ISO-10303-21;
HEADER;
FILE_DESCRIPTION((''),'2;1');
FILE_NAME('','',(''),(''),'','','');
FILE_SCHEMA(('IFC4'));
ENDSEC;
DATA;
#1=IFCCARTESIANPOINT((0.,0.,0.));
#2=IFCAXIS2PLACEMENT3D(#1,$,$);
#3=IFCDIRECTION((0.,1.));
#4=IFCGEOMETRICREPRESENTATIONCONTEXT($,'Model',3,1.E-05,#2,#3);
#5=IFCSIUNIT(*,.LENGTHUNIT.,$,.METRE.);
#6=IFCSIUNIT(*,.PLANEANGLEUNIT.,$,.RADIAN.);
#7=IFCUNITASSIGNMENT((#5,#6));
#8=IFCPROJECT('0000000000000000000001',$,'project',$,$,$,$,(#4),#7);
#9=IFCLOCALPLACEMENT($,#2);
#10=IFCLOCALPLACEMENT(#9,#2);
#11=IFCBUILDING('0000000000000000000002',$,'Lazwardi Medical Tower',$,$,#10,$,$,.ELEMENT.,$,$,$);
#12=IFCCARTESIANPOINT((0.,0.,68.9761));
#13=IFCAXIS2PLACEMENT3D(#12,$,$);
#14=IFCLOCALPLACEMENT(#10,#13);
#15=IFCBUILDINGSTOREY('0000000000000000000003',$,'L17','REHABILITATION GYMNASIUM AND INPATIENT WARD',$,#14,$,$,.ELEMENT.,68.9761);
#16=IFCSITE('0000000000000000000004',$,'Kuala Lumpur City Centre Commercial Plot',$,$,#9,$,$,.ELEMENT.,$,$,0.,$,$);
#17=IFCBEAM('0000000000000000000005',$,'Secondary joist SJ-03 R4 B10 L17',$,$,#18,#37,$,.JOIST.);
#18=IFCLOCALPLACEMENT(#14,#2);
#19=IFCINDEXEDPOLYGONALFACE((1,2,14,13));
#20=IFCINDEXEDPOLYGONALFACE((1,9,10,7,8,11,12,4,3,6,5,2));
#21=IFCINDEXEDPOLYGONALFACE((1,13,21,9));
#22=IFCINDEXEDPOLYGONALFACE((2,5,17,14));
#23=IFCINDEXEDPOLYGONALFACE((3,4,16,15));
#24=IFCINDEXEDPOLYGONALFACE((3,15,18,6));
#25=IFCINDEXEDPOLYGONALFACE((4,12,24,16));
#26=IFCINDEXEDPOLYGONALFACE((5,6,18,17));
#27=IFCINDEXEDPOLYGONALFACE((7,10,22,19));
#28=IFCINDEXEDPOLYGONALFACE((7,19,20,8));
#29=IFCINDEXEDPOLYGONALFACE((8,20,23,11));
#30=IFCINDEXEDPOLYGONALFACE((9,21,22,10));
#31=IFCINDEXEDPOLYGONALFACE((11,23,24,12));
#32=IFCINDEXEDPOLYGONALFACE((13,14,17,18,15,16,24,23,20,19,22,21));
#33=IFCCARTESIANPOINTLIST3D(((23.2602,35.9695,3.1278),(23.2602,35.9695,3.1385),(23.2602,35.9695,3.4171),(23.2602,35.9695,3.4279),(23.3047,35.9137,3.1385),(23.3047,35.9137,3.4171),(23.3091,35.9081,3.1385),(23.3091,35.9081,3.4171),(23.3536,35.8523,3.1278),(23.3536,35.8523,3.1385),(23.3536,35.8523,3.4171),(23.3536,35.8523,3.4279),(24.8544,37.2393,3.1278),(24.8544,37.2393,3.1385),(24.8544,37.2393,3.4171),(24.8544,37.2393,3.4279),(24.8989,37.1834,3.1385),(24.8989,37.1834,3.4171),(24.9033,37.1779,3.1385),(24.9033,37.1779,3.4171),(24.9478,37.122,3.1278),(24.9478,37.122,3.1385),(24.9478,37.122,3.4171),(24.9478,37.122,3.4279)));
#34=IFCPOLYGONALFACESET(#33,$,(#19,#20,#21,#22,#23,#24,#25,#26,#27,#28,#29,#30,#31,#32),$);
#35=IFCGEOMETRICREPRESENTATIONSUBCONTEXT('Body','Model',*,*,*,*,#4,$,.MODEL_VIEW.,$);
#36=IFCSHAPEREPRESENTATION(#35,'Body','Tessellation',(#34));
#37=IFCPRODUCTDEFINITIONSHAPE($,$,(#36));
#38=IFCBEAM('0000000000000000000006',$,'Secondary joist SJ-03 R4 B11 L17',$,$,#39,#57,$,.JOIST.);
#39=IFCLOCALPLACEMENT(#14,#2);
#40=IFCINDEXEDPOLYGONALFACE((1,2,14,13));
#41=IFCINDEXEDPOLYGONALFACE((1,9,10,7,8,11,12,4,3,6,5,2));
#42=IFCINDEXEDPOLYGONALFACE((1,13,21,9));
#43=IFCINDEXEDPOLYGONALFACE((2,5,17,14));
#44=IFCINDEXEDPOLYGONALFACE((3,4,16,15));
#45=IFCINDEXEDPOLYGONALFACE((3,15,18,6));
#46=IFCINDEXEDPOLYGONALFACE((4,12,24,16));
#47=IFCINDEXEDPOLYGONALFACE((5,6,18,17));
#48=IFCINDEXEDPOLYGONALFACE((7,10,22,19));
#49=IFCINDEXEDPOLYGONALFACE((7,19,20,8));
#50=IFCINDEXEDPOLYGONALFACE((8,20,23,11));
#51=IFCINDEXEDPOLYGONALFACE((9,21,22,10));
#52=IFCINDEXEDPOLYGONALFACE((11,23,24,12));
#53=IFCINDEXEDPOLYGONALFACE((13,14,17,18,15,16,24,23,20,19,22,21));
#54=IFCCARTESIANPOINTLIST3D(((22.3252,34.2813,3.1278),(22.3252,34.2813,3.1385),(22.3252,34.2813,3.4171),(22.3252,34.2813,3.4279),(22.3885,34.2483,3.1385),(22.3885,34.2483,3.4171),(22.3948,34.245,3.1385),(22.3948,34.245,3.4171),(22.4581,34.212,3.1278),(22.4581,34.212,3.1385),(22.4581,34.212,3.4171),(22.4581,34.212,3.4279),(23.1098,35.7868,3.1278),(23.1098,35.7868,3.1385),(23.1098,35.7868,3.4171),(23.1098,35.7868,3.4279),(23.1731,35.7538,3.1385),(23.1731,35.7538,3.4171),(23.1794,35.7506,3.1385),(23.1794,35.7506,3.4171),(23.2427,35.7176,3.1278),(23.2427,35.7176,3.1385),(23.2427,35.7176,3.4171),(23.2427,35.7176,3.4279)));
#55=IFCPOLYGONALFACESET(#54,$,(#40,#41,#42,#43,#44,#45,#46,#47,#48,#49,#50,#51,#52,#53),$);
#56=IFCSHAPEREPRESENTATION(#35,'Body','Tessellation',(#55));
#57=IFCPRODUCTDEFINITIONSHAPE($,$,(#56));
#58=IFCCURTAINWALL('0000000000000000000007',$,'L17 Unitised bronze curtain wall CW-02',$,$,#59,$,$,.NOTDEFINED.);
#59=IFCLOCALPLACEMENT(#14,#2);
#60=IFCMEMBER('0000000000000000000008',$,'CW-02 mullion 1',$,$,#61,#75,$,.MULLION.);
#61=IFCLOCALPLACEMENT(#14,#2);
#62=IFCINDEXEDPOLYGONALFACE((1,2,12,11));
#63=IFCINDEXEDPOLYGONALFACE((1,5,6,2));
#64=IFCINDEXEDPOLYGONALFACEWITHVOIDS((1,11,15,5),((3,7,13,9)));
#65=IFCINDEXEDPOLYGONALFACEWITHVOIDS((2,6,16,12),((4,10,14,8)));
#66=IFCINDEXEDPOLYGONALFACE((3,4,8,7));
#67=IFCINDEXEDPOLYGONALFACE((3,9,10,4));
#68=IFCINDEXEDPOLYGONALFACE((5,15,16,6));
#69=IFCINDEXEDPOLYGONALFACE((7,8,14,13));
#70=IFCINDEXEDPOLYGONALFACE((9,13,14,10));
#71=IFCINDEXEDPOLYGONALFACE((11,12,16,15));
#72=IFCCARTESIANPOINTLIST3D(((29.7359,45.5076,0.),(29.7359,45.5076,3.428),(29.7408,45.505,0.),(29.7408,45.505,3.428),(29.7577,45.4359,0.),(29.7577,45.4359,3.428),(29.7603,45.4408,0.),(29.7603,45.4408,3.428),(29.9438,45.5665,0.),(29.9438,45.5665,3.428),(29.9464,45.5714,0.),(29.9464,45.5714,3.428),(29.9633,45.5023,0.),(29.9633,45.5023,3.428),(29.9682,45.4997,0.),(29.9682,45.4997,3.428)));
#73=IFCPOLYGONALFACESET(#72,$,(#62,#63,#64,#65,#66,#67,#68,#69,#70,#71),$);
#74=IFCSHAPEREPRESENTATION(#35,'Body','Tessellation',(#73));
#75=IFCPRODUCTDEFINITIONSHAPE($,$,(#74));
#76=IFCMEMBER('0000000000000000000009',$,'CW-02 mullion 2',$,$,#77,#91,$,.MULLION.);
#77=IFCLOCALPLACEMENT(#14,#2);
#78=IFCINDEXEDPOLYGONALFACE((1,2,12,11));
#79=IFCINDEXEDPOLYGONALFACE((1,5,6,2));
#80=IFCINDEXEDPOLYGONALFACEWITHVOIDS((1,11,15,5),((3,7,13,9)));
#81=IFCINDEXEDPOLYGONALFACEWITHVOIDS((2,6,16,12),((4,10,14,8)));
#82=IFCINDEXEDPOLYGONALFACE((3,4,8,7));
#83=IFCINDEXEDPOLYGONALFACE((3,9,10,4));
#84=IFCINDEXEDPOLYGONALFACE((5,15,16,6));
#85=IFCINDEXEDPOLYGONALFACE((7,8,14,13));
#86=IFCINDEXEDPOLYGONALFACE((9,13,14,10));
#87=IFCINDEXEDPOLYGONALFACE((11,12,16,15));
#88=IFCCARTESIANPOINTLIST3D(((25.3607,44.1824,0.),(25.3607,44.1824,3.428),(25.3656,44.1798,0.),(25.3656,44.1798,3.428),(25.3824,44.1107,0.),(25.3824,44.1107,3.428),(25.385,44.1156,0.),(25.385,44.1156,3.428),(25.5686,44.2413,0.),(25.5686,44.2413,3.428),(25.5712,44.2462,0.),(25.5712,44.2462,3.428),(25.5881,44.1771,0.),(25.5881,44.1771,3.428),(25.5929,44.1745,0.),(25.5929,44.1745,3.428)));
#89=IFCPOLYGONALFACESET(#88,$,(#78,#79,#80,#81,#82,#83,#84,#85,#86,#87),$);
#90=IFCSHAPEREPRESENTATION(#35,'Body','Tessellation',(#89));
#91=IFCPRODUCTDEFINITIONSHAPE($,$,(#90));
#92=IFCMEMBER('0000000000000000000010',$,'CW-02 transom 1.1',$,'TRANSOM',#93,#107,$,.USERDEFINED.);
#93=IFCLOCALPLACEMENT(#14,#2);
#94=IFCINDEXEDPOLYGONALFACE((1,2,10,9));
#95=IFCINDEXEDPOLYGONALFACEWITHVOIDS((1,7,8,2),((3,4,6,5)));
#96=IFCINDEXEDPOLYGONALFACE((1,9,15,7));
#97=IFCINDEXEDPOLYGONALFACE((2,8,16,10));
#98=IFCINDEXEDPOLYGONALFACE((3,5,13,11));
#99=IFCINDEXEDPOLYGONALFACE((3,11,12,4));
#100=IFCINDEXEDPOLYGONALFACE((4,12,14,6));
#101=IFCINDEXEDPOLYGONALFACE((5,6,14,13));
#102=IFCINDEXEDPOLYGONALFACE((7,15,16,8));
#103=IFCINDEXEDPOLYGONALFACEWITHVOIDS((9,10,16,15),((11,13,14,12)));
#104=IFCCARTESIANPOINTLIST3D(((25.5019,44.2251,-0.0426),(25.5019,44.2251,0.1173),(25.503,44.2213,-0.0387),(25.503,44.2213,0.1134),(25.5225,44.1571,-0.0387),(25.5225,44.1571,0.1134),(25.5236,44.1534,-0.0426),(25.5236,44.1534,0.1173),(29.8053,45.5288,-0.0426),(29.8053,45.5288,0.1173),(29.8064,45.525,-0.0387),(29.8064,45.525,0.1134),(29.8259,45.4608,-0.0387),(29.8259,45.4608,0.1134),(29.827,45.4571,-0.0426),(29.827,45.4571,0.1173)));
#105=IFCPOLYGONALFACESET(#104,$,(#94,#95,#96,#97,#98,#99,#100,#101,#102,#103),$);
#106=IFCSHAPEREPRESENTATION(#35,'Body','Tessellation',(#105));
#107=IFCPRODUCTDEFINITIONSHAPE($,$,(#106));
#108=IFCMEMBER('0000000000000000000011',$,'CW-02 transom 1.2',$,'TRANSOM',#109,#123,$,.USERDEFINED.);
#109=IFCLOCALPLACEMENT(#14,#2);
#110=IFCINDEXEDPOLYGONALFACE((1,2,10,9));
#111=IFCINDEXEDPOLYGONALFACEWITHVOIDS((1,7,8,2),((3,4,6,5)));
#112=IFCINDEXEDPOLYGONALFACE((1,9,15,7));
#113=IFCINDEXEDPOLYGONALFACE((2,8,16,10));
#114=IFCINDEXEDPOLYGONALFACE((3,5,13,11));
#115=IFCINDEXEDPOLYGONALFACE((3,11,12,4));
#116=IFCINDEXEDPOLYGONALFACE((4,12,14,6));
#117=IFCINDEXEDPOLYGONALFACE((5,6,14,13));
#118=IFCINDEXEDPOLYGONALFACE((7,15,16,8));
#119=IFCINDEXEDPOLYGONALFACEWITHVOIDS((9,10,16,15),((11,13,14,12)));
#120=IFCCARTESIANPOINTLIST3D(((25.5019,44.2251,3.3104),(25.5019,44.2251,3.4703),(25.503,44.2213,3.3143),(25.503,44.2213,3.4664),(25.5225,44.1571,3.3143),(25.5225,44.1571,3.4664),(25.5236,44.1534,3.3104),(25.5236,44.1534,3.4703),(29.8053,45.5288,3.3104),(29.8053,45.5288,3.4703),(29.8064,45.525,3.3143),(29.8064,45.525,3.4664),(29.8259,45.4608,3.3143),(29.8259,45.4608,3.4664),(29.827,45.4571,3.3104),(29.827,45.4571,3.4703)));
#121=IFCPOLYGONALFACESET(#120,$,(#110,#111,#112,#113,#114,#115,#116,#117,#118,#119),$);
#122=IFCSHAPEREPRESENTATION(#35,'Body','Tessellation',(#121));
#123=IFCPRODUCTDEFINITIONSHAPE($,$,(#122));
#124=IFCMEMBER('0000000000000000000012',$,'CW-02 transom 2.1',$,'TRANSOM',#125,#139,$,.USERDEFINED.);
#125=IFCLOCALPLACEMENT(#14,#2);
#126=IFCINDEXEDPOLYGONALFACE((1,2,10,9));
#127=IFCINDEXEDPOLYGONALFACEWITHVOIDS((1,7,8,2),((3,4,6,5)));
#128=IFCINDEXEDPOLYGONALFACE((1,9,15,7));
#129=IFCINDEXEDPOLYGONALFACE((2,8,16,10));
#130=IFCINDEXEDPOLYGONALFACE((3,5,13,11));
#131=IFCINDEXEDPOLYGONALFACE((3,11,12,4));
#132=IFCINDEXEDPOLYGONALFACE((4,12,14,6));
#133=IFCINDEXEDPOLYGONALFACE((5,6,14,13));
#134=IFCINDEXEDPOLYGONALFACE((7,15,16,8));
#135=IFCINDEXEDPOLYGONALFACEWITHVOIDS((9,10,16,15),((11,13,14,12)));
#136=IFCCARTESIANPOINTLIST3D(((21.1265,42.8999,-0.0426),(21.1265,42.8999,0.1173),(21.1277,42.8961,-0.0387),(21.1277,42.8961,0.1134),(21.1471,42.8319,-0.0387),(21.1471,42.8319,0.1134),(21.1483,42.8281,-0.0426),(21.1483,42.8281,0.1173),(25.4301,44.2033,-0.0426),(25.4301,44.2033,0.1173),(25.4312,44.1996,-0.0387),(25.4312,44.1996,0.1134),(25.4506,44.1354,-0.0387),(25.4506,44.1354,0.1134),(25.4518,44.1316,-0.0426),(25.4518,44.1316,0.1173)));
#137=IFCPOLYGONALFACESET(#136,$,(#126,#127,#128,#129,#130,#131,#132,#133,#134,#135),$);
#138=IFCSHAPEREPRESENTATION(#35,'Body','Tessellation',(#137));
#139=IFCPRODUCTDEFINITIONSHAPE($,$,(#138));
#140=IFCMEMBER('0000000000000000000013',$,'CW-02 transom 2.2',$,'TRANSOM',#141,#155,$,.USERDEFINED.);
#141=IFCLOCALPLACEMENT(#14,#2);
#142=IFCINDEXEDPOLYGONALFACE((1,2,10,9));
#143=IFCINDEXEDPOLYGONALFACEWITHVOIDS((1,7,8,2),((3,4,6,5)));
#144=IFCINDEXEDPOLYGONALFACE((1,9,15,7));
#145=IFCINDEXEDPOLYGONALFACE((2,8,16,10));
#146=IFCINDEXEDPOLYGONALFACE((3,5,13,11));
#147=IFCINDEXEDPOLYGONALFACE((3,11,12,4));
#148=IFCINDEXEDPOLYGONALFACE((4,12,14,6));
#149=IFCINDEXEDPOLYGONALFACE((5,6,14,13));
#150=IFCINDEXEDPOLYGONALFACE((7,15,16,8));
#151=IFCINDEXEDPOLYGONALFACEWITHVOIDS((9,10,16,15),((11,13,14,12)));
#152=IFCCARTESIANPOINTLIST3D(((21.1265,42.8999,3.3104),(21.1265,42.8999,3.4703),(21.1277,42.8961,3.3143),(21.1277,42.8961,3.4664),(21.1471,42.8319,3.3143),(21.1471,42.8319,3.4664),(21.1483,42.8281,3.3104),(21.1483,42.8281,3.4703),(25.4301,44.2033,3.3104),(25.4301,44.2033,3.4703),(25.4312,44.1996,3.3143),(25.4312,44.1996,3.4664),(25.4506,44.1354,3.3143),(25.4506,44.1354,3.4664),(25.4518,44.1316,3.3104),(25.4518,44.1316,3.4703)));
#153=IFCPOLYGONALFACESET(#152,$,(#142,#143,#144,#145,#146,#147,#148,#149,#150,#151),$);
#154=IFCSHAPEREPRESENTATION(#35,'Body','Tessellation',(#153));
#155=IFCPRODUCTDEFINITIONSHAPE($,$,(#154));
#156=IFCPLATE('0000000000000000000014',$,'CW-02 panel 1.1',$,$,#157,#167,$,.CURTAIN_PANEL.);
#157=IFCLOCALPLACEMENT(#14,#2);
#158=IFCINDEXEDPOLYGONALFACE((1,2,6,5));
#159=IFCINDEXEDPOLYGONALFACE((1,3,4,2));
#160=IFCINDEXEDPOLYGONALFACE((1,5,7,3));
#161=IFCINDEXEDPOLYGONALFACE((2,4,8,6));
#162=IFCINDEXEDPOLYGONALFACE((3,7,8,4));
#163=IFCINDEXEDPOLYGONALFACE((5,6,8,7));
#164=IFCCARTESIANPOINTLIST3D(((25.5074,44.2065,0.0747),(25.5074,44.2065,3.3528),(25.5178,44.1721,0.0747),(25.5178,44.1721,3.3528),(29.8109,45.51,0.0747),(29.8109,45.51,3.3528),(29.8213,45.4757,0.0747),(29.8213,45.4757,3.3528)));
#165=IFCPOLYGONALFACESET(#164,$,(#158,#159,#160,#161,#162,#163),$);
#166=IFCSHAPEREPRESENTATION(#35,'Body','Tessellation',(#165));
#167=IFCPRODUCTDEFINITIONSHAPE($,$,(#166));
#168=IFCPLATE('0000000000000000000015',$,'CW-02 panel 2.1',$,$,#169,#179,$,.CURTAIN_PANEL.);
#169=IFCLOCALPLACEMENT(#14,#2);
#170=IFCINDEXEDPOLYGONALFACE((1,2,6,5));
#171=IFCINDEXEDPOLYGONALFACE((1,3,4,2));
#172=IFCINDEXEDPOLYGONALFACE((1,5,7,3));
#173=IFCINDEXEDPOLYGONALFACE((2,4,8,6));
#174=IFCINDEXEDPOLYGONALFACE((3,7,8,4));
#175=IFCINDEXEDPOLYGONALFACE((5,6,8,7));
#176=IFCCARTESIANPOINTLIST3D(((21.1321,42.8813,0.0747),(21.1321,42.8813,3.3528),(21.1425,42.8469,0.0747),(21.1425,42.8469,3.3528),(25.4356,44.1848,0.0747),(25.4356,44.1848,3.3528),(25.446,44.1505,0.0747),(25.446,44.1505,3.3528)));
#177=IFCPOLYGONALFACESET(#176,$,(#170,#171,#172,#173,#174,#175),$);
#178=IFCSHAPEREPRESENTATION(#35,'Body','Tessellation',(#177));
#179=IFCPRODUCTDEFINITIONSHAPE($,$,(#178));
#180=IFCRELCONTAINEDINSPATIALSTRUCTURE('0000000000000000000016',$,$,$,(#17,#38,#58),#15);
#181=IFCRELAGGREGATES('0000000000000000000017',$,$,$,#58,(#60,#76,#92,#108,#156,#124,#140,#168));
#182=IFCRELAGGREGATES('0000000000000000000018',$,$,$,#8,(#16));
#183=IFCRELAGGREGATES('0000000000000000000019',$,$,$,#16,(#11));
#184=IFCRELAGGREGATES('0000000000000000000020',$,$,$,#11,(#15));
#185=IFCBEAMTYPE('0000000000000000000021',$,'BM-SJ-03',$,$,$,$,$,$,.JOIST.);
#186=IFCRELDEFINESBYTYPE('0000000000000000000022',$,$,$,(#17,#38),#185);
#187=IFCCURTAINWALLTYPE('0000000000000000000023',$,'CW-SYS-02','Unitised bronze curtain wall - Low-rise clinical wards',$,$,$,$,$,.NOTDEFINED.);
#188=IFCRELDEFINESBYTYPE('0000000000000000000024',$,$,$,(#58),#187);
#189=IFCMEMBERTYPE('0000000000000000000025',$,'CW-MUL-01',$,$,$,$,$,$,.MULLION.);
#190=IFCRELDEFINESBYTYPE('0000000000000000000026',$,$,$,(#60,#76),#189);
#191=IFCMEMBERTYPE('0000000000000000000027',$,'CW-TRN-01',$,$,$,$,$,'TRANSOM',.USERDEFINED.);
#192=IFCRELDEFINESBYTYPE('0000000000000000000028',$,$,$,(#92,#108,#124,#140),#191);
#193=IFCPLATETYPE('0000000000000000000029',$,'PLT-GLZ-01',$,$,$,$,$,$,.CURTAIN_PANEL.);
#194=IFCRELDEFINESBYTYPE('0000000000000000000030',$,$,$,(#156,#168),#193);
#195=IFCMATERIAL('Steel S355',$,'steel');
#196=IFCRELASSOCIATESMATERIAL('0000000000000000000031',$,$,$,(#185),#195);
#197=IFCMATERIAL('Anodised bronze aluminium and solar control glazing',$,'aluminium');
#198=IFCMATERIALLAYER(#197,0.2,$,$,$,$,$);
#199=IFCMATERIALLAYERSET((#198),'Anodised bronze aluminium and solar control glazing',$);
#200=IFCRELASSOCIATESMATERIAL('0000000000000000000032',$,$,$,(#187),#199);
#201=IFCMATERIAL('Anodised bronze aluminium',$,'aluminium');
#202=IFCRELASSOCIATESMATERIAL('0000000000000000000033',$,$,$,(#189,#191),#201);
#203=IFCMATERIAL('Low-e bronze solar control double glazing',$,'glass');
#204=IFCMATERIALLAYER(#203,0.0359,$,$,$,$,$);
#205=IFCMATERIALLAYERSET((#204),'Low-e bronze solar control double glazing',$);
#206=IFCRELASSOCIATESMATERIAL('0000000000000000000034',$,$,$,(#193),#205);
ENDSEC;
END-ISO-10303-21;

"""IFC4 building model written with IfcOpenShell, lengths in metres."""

from ifc_helpers import new_model, si_unit, direction, frame, origin, origin_2d, place, context, subcontext, project, spatial, rectangle, hollow_rectangle, i_section, extrude, material, layer, layer_set, material_profile, profile_set, type_object, element, aggregate, save


model = new_model("IFC4")

# Units and contexts
model_context = context("Model", 3, precision=1e-05, world=origin(), true_north=direction((0.0, 1.0)))
body_context = subcontext(model_context, "Body", "Model", "MODEL_VIEW")
ifc_project = project(units=[si_unit("LENGTHUNIT", "METRE"), si_unit("PLANEANGLEUNIT", "RADIAN")], contexts=[model_context])

# Site, building, storey
site_placement = place(None, origin())
site = spatial("IfcSite", under=ifc_project, at=site_placement, Name="Kuala Lumpur City Centre Commercial Plot", CompositionType="ELEMENT", RefElevation=0.0)
building_placement = place(site_placement, origin())
building = spatial("IfcBuilding", under=site, at=building_placement, Name="Lazwardi Medical Tower", CompositionType="ELEMENT")
storey_placement = place(building_placement, frame((0.0, 0.0, 68.9761)))
storey = spatial("IfcBuildingStorey", under=building, at=storey_placement, Name="L17", Description="REHABILITATION GYMNASIUM AND INPATIENT WARD", CompositionType="ELEMENT", Elevation=68.9761)

# Beams
ifc_material_1 = material(Name="Steel S355", Category="steel")
ifc_material_profile_1 = material_profile(ifc_material_1, i_section(OverallWidth=0.1499, OverallDepth=0.3, WebThickness=0.0071, FlangeThickness=0.0107, at=origin_2d()), Name="IPE 300")
ifc_profile_set_1 = profile_set([ifc_material_profile_1], Name="Steel S355")
beam_type_1 = type_object("IfcBeamType", Name="BM-SJ-03", PredefinedType="JOIST", material=ifc_profile_set_1)
beam_1_placement = place(storey_placement, frame((24.9011, 37.1807, 3.2778), z_axis=(-0.782211, -0.623014, 0.0), x_axis=(0.623014, -0.782211, 0.0)))
element("IfcBeam", 1, at=beam_1_placement, inside=storey, type_object=beam_type_1, Name="Secondary joist SJ-03 R4 B10 L17", PredefinedType="JOIST", context=body_context, shape_type="SweptSolid", body=[
    extrude(i_section(OverallWidth=0.1499, OverallDepth=0.3, WebThickness=0.0071, FlangeThickness=0.0107, at=origin_2d()), origin(), (0.0, 0.0, 1.0), 2.0381),
])
beam_2_placement = place(storey_placement, frame((23.1763, 35.7522, 3.2778), z_axis=(-0.462163, -0.886795, 0.0), x_axis=(0.886795, -0.462163, 0.0)))
element("IfcBeam", 2, at=beam_2_placement, inside=storey, type_object=beam_type_1, Name="Secondary joist SJ-03 R4 B11 L17", PredefinedType="JOIST", context=body_context, shape_type="SweptSolid", body=[
    extrude(i_section(OverallWidth=0.1499, OverallDepth=0.3, WebThickness=0.0071, FlangeThickness=0.0107, at=origin_2d()), origin(), (0.0, 0.0, 1.0), 1.6978),
])

# Curtain wall, members, plates
ifc_material_2 = material(Name="Anodised bronze aluminium and solar control glazing", Category="aluminium")
ifc_layer_1 = layer(ifc_material_2, 0.2)
ifc_layer_set_1 = layer_set([ifc_layer_1], Name="Anodised bronze aluminium and solar control glazing")
curtain_wall_type = type_object("IfcCurtainWallType", Name="CW-SYS-02", Description="Unitised bronze curtain wall - Low-rise clinical wards", PredefinedType="NOTDEFINED", material=ifc_layer_set_1)
curtain_wall_placement = place(storey_placement, origin())
curtain_wall = element("IfcCurtainWall", 3, at=curtain_wall_placement, inside=storey, type_object=curtain_wall_type, Name="L17 Unitised bronze curtain wall CW-02", PredefinedType="NOTDEFINED")
ifc_material_3 = material(Name="Anodised bronze aluminium", Category="aluminium")
ifc_material_profile_2 = material_profile(ifc_material_3, hollow_rectangle(XDim=0.075, YDim=0.22, WallThickness=0.0039, at=origin_2d()), Name="ALU-MULLION 220x75x4")
ifc_profile_set_2 = profile_set([ifc_material_profile_2], Name="Anodised bronze aluminium")
member_type_1 = type_object("IfcMemberType", Name="CW-MUL-01", PredefinedType="MULLION", material=ifc_profile_set_2)
member_1_placement = place(storey_placement, frame((29.8521, 45.5037, 0.0), z_axis=(0.0, 0.0, 1.0), x_axis=(0.289896, -0.957058, 0.0)))
member_1 = element("IfcMember", 4, at=member_1_placement, type_object=member_type_1, Name="CW-02 mullion 1", PredefinedType="MULLION", context=body_context, shape_type="SweptSolid", body=[
    extrude(hollow_rectangle(XDim=0.075, YDim=0.22, WallThickness=0.0039, at=origin_2d()), origin(), (0.0, 0.0, 1.0), 3.428),
])
member_2_placement = place(storey_placement, frame((25.4768, 44.1785, 0.0), z_axis=(0.0, 0.0, 1.0), x_axis=(0.289896, -0.957058, 0.0)))
member_2 = element("IfcMember", 5, at=member_2_placement, type_object=member_type_1, Name="CW-02 mullion 2", PredefinedType="MULLION", context=body_context, shape_type="SweptSolid", body=[
    extrude(hollow_rectangle(XDim=0.075, YDim=0.22, WallThickness=0.0039, at=origin_2d()), origin(), (0.0, 0.0, 1.0), 3.428),
])
ifc_material_profile_3 = material_profile(ifc_material_3, hollow_rectangle(XDim=0.075, YDim=0.1599, WallThickness=0.0039, at=origin_2d()), Name="ALU-TRANSOM 160x75x4")
ifc_profile_set_3 = profile_set([ifc_material_profile_3], Name="Anodised bronze aluminium")
member_type_2 = type_object("IfcMemberType", Name="CW-TRN-01", ElementType="TRANSOM", PredefinedType="USERDEFINED", material=ifc_profile_set_3)
member_3_placement = place(storey_placement, frame((29.8162, 45.4929, 0.0374), z_axis=(-0.957047, -0.289932, 0.0), x_axis=(0.289932, -0.957047, 0.0)))
member_3 = element("IfcMember", 6, at=member_3_placement, type_object=member_type_2, Name="CW-02 transom 1.1", ObjectType="TRANSOM", PredefinedType="USERDEFINED", context=body_context, shape_type="SweptSolid", body=[
    extrude(hollow_rectangle(XDim=0.075, YDim=0.1599, WallThickness=0.0039, at=origin_2d()), origin(), (0.0, 0.0, 1.0), 4.4966),
])
member_4_placement = place(storey_placement, frame((29.8162, 45.4929, 3.3904), z_axis=(-0.957047, -0.289932, 0.0), x_axis=(0.289932, -0.957047, 0.0)))
member_4 = element("IfcMember", 7, at=member_4_placement, type_object=member_type_2, Name="CW-02 transom 1.2", ObjectType="TRANSOM", PredefinedType="USERDEFINED", context=body_context, shape_type="SweptSolid", body=[
    extrude(hollow_rectangle(XDim=0.075, YDim=0.1599, WallThickness=0.0039, at=origin_2d()), origin(), (0.0, 0.0, 1.0), 4.4966),
])
member_5_placement = place(storey_placement, frame((25.4409, 44.1675, 0.0374), z_axis=(-0.957062, -0.289882, 0.0), x_axis=(0.289882, -0.957062, 0.0)))
member_5 = element("IfcMember", 8, at=member_5_placement, type_object=member_type_2, Name="CW-02 transom 2.1", ObjectType="TRANSOM", PredefinedType="USERDEFINED", context=body_context, shape_type="SweptSolid", body=[
    extrude(hollow_rectangle(XDim=0.075, YDim=0.1599, WallThickness=0.0039, at=origin_2d()), origin(), (0.0, 0.0, 1.0), 4.4966),
])
member_6_placement = place(storey_placement, frame((25.4409, 44.1675, 3.3904), z_axis=(-0.957062, -0.289882, 0.0), x_axis=(0.289882, -0.957062, 0.0)))
member_6 = element("IfcMember", 9, at=member_6_placement, type_object=member_type_2, Name="CW-02 transom 2.2", ObjectType="TRANSOM", PredefinedType="USERDEFINED", context=body_context, shape_type="SweptSolid", body=[
    extrude(hollow_rectangle(XDim=0.075, YDim=0.1599, WallThickness=0.0039, at=origin_2d()), origin(), (0.0, 0.0, 1.0), 4.4966),
])
ifc_material_4 = material(Name="Low-e bronze solar control double glazing", Category="glass")
ifc_layer_2 = layer(ifc_material_4, 0.0359)
ifc_layer_set_2 = layer_set([ifc_layer_2], Name="Low-e bronze solar control double glazing")
plate_type = type_object("IfcPlateType", Name="PLT-GLZ-01", PredefinedType="CURTAIN_PANEL", material=ifc_layer_set_2)
plate_1_placement = place(storey_placement, frame((27.6643, 44.8411, 0.0747), z_axis=(0.0, 0.0, 1.0), x_axis=(-0.957058, -0.289896, 0.0)))
plate_1 = element("IfcPlate", 10, at=plate_1_placement, type_object=plate_type, Name="CW-02 panel 1.1", PredefinedType="CURTAIN_PANEL", context=body_context, shape_type="SweptSolid", body=[
    extrude(rectangle(XDim=4.4966, YDim=0.0359, at=origin_2d()), origin(), (0.0, 0.0, 1.0), 3.2781),
])
plate_2_placement = place(storey_placement, frame((23.2891, 43.5159, 0.0747), z_axis=(0.0, 0.0, 1.0), x_axis=(-0.957058, -0.289896, 0.0)))
plate_2 = element("IfcPlate", 11, at=plate_2_placement, type_object=plate_type, Name="CW-02 panel 2.1", PredefinedType="CURTAIN_PANEL", context=body_context, shape_type="SweptSolid", body=[
    extrude(rectangle(XDim=4.4966, YDim=0.0359, at=origin_2d()), origin(), (0.0, 0.0, 1.0), 3.2781),
])
aggregate(curtain_wall, [member_1, member_2, member_3, member_4, plate_1, member_5, member_6, plate_2])

save(model, "model.ifc")
